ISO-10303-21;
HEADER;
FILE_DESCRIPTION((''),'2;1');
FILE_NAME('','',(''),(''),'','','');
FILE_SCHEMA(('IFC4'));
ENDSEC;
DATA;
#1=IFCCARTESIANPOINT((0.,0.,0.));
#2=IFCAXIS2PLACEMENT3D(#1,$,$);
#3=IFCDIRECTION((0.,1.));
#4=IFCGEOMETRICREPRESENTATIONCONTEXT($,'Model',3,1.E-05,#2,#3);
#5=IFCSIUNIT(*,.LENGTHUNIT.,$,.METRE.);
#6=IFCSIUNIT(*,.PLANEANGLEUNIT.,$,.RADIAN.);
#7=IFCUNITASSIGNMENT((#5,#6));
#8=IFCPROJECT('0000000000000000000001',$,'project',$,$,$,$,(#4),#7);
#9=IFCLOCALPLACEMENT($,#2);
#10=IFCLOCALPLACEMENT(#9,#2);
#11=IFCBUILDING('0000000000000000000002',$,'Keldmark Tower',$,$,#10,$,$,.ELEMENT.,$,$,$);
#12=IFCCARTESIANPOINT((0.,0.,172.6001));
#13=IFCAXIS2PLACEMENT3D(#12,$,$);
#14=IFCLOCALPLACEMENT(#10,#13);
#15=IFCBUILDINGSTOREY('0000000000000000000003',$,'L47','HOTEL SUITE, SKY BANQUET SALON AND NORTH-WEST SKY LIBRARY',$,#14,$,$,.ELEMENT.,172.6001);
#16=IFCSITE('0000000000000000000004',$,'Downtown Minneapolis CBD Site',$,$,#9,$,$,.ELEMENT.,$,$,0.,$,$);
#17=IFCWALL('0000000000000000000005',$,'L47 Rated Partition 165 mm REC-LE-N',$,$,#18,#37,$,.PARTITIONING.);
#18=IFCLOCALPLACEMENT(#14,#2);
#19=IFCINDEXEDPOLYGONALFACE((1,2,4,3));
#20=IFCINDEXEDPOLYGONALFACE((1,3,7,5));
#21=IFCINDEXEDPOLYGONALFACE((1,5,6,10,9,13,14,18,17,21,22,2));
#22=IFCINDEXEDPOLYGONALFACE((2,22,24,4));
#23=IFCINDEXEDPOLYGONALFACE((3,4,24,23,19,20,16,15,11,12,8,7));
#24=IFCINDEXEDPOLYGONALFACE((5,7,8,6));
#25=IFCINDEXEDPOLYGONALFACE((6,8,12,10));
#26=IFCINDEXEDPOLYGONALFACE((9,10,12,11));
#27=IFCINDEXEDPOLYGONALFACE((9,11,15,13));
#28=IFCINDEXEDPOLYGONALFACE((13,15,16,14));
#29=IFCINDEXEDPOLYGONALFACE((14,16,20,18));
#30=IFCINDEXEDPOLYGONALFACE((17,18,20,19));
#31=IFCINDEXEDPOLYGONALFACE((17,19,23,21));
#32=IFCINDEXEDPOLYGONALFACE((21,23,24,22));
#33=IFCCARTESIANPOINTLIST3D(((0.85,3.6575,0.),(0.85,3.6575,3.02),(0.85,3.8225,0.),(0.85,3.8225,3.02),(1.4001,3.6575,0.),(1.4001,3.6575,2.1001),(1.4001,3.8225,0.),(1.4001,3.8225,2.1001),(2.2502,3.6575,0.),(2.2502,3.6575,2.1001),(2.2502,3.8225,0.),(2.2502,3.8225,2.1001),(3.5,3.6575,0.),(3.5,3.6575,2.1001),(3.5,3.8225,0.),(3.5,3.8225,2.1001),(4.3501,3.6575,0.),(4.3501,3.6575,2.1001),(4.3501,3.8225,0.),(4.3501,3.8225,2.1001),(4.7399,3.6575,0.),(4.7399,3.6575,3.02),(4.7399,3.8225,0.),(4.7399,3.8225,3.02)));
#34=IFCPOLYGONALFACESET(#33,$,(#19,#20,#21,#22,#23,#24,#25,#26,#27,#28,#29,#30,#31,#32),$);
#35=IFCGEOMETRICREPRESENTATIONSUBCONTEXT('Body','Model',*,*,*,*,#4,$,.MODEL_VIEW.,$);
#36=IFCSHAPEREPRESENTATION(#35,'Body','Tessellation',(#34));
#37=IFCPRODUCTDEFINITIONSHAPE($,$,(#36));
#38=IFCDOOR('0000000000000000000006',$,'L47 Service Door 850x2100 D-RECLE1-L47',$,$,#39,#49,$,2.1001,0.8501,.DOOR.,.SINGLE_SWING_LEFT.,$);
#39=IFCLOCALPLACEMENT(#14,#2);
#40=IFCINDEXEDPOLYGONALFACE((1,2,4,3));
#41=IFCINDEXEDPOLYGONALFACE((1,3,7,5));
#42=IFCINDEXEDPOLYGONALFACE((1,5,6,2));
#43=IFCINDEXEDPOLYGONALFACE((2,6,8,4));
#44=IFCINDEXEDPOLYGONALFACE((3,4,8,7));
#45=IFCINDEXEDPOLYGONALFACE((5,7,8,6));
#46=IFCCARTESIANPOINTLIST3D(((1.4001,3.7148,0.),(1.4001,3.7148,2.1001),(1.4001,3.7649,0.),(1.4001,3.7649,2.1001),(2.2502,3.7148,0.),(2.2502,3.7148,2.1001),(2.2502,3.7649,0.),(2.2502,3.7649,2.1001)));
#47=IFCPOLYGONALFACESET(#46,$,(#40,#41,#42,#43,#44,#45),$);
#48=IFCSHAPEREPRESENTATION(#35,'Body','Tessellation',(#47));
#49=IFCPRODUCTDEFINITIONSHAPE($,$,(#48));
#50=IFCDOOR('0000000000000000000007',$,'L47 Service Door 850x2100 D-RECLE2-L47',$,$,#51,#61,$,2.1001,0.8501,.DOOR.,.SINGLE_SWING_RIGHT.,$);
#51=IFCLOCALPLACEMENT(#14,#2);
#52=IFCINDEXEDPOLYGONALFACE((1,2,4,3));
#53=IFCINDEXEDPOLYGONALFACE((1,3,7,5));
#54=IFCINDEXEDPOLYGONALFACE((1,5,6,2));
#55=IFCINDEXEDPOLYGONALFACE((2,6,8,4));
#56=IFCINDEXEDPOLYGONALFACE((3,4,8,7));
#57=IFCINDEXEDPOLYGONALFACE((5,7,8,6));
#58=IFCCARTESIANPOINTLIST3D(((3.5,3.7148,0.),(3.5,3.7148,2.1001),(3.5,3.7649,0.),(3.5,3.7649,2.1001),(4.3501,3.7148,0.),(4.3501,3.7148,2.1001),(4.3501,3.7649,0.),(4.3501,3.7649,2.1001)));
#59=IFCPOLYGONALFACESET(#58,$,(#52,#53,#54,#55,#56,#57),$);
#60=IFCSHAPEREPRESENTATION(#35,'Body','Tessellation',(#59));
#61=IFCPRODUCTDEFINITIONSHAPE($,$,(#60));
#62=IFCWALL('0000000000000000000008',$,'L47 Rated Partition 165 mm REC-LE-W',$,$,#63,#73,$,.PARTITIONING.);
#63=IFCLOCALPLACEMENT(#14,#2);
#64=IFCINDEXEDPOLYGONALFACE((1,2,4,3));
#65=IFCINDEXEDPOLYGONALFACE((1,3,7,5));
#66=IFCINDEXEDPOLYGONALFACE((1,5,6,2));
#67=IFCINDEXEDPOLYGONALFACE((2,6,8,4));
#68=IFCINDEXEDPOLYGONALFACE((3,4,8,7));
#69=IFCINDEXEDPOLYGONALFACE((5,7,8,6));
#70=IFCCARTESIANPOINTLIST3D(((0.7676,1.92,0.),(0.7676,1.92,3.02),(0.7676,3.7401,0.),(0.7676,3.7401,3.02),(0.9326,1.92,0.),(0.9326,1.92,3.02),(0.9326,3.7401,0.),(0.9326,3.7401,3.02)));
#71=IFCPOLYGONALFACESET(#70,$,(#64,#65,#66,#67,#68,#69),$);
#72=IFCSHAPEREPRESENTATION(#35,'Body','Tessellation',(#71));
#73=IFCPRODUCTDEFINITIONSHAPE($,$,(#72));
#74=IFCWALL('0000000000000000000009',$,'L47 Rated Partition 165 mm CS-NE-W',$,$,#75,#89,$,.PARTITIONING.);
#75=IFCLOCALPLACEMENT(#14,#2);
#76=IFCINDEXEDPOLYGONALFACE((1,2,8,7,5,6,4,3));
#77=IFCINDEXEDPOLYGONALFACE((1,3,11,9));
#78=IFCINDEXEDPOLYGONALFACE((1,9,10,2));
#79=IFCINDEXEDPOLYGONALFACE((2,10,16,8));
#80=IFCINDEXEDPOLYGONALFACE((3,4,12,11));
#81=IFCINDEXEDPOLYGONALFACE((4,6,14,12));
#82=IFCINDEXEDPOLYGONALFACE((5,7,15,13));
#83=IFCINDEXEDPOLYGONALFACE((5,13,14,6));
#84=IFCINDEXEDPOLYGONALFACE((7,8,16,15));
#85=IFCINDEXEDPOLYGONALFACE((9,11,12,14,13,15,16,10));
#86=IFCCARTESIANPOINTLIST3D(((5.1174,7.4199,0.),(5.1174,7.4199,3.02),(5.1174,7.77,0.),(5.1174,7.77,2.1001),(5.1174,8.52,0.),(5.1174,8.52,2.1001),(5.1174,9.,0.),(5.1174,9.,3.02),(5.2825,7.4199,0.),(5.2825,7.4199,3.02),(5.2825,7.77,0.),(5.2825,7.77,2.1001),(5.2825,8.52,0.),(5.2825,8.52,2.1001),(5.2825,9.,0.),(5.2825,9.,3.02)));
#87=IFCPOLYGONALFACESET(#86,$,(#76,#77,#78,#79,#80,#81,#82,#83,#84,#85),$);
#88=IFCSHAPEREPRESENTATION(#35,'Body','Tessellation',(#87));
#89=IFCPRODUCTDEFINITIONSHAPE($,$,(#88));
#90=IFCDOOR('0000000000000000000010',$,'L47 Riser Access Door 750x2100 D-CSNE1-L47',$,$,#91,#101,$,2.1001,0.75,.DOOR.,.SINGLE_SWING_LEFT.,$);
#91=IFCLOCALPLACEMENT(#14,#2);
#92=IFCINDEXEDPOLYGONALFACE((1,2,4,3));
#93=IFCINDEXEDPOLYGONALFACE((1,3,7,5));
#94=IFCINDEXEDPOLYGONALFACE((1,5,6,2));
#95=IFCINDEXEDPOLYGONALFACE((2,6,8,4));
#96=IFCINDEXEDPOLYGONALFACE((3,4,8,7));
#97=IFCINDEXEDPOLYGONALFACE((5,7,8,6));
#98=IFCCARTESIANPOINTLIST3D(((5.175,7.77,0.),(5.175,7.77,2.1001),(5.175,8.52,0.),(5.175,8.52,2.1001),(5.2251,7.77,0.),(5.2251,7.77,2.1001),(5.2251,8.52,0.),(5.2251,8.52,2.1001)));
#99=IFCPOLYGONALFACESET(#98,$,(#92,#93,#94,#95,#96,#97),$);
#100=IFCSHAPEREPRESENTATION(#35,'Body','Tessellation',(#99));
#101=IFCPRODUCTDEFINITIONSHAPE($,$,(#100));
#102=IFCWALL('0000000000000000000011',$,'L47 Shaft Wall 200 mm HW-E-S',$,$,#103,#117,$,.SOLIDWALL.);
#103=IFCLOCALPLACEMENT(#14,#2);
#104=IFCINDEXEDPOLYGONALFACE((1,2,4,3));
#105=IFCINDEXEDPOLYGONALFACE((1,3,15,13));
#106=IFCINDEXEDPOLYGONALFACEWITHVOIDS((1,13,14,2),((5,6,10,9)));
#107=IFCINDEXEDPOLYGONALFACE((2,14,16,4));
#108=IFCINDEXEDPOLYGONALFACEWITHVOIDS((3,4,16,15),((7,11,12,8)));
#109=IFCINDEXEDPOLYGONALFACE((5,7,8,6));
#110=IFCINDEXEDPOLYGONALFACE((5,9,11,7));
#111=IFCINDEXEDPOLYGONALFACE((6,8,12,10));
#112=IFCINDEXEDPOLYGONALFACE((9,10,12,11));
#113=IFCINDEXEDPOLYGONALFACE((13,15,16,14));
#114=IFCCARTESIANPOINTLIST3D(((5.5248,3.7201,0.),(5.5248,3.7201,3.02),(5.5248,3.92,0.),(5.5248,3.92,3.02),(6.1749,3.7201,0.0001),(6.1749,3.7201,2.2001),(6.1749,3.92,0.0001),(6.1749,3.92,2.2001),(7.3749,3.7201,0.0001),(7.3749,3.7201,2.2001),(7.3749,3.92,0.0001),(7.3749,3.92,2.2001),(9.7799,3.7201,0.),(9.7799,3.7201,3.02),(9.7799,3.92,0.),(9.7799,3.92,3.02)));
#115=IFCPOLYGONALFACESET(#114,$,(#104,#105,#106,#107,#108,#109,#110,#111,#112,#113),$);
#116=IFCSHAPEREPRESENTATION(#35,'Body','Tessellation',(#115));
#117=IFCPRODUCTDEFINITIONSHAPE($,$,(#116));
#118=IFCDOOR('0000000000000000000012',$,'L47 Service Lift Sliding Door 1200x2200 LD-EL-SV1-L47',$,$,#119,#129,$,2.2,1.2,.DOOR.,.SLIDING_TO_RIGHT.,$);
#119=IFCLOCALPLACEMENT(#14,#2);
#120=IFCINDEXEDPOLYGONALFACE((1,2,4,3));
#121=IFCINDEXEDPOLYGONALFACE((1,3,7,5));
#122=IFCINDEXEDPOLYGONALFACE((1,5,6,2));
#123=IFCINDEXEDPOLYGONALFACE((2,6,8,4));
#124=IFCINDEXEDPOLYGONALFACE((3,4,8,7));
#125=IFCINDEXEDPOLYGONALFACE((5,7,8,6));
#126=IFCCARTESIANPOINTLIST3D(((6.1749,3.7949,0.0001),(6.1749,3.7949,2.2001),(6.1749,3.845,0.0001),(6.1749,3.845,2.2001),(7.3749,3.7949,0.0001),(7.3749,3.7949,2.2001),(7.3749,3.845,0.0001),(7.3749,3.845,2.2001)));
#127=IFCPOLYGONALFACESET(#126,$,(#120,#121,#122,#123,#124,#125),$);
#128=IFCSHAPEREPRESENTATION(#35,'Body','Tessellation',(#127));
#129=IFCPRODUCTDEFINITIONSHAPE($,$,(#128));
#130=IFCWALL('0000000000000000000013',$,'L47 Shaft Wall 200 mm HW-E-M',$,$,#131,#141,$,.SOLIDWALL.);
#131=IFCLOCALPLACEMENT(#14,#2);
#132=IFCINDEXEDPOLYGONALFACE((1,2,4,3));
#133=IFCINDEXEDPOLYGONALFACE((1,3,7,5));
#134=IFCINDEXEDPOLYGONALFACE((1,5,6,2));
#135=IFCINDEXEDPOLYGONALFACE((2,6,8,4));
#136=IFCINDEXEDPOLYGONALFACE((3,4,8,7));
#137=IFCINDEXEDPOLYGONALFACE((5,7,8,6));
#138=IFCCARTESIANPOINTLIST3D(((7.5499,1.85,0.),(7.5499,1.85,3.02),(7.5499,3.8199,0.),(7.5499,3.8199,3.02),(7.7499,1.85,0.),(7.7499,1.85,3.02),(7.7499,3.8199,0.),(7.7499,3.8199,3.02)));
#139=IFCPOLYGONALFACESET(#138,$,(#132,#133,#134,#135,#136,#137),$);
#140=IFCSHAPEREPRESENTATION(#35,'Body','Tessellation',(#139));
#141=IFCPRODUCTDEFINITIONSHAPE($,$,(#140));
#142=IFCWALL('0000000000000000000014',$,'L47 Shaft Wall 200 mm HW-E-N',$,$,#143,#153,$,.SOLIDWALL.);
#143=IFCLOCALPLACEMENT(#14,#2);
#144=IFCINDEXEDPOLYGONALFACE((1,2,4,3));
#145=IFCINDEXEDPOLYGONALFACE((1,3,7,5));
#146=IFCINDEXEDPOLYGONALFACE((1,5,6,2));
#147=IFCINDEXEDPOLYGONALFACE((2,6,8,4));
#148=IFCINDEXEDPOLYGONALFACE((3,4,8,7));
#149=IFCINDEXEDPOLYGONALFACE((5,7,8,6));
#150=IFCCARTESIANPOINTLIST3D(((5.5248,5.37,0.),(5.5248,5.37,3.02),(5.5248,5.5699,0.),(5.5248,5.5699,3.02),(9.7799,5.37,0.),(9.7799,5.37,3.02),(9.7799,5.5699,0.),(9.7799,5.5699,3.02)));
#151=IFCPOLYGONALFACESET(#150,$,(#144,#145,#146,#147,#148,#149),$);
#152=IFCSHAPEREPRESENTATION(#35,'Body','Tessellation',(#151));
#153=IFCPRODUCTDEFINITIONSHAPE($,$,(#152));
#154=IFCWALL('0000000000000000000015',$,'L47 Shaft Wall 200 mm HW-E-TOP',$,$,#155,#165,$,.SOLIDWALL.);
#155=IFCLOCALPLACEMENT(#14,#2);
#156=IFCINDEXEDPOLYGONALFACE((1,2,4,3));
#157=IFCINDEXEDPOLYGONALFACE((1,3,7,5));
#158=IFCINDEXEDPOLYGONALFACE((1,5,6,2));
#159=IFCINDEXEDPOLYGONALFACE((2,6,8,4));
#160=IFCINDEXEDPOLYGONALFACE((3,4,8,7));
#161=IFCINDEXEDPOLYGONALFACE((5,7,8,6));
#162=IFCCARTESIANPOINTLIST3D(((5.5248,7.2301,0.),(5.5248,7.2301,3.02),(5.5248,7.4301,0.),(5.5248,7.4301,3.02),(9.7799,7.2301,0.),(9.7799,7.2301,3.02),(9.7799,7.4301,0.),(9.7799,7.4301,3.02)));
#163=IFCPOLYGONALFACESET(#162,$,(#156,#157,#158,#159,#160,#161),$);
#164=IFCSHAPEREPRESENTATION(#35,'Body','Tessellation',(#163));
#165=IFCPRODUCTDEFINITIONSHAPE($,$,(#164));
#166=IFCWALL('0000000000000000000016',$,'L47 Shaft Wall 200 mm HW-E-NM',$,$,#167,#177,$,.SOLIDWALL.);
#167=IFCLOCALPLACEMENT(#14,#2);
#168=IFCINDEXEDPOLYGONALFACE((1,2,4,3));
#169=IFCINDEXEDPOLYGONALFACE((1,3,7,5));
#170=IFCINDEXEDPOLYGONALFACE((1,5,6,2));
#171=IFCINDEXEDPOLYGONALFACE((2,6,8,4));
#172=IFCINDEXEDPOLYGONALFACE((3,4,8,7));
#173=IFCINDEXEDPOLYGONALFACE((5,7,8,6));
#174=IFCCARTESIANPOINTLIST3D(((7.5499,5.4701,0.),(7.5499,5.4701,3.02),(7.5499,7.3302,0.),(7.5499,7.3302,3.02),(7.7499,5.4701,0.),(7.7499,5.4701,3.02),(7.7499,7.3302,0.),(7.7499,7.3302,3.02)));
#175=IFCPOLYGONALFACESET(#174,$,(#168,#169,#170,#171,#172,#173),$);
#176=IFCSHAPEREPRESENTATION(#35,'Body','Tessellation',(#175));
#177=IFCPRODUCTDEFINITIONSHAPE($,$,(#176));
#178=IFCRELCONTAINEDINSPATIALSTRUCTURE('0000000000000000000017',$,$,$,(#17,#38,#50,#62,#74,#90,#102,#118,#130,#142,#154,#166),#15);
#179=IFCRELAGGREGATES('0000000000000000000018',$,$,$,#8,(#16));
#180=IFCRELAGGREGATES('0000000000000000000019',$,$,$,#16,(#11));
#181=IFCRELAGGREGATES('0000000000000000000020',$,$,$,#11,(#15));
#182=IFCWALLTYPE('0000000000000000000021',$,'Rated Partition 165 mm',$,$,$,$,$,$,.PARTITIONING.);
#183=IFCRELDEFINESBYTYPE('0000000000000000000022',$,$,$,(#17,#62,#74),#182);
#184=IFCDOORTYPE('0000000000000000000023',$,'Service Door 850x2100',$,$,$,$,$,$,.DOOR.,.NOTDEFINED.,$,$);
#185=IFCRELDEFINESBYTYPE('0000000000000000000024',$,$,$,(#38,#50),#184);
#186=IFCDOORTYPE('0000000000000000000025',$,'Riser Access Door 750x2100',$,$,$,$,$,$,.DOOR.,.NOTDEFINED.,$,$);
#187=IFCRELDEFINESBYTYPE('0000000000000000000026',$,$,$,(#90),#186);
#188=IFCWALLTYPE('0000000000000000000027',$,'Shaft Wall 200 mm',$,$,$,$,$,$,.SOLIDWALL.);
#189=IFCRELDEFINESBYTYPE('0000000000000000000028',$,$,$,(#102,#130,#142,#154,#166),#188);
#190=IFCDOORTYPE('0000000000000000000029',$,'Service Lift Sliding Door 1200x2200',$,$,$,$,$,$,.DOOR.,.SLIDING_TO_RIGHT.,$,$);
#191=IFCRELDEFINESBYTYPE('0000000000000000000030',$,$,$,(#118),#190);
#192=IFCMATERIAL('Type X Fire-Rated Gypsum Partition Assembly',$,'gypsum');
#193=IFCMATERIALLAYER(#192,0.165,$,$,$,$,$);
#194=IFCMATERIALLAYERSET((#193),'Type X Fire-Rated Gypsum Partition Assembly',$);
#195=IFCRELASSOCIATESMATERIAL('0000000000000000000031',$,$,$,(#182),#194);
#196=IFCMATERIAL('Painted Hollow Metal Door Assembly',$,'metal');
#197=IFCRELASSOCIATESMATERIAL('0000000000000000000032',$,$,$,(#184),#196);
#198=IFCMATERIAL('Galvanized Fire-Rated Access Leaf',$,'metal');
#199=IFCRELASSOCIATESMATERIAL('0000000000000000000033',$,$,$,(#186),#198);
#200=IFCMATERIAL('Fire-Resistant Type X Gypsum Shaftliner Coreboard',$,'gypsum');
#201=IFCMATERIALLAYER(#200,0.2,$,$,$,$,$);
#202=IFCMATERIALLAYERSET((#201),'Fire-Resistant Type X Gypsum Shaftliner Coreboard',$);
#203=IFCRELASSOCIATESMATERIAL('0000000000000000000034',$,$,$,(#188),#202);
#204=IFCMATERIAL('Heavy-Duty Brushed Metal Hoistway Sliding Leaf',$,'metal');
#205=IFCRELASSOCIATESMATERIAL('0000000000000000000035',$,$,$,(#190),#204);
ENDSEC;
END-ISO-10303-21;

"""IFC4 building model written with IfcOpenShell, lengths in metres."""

from ifc_helpers import new_model, si_unit, direction, frame, frame_2d, origin, place, context, subcontext, project, spatial, rectangle, extrude, material, layer, layer_set, type_object, element, fill, save


model = new_model("IFC4")

# Units and contexts
model_context = context("Model", 3, precision=1e-05, world=origin(), true_north=direction((0.0, 1.0)))
body_context = subcontext(model_context, "Body", "Model", "MODEL_VIEW")
ifc_project = project(units=[si_unit("LENGTHUNIT", "METRE"), si_unit("PLANEANGLEUNIT", "RADIAN")], contexts=[model_context])

# Site, building, storey
site_placement = place(None, origin())
site = spatial("IfcSite", under=ifc_project, at=site_placement, Name="Downtown Minneapolis CBD Site", CompositionType="ELEMENT", RefElevation=0.0)
building_placement = place(site_placement, origin())
building = spatial("IfcBuilding", under=site, at=building_placement, Name="Keldmark Tower", CompositionType="ELEMENT")
storey_placement = place(building_placement, frame((0.0, 0.0, 172.6001)))
storey = spatial("IfcBuildingStorey", under=building, at=storey_placement, Name="L47", Description="HOTEL SUITE, SKY BANQUET SALON AND NORTH-WEST SKY LIBRARY", CompositionType="ELEMENT", Elevation=172.6001)

# Shared definitions
ifc_material_1 = material(Name="Type X Fire-Rated Gypsum Partition Assembly", Category="gypsum")
ifc_layer_1 = layer(ifc_material_1, 0.165)
ifc_layer_set_1 = layer_set([ifc_layer_1], Name="Type X Fire-Rated Gypsum Partition Assembly")
wall_type_1 = type_object("IfcWallType", Name="Rated Partition 165 mm", PredefinedType="PARTITIONING", material=ifc_layer_set_1)

# Wall, openings, doors
wall_1_placement = place(storey_placement, frame((0.8501, 3.74, 0.0), z_axis=(0.0, 0.0, 1.0), x_axis=(1.0, 0.0, 0.0)))
wall_1 = element("IfcWall", 1, at=wall_1_placement, inside=storey, type_object=wall_type_1, Name="L47 Rated Partition 165 mm REC-LE-N", PredefinedType="PARTITIONING", context=body_context, shape_type="SweptSolid", body=[
    extrude(rectangle(XDim=3.8899, YDim=0.165, at=frame_2d((1.9448, 0.0))), origin(), (0.0, 0.0, 1.0), 3.02),
])
opening_1_placement = place(wall_1_placement, frame((0.55, 0.0, 0.0)))
opening_1 = element("IfcOpeningElement", 2, at=opening_1_placement, cuts=wall_1, PredefinedType="OPENING", context=body_context, shape_type="SweptSolid", body=[
    extrude(rectangle(XDim=0.8501, YDim=2.1001, at=frame_2d((0.425, 1.05))), frame((0.0, 0.0925, 0.0), z_axis=(0.0, -1.0, 0.0), x_axis=(1.0, 0.0, 0.0)), (0.0, 0.0, 1.0), 0.1851),
])
opening_2_placement = place(wall_1_placement, frame((2.6499, 0.0, 0.0)))
opening_2 = element("IfcOpeningElement", 3, at=opening_2_placement, cuts=wall_1, PredefinedType="OPENING", context=body_context, shape_type="SweptSolid", body=[
    extrude(rectangle(XDim=0.8501, YDim=2.1001, at=frame_2d((0.425, 1.05))), frame((0.0, 0.0925, 0.0), z_axis=(0.0, -1.0, 0.0), x_axis=(1.0, 0.0, 0.0)), (0.0, 0.0, 1.0), 0.1851),
])
ifc_material_2 = material(Name="Painted Hollow Metal Door Assembly", Category="metal")
door_type_1 = type_object("IfcDoorType", Name="Service Door 850x2100", OperationType="NOTDEFINED", PredefinedType="DOOR", material=ifc_material_2)
door_1_placement = place(opening_1_placement, origin())
door_1 = element("IfcDoor", 4, at=door_1_placement, inside=storey, type_object=door_type_1, Name="L47 Service Door 850x2100 D-RECLE1-L47", OperationType="SINGLE_SWING_LEFT", OverallHeight=2.1001, OverallWidth=0.8501, PredefinedType="DOOR", context=body_context, shape_type="SweptSolid", body=[
    extrude(rectangle(XDim=0.8501, YDim=2.1001, at=frame_2d((0.425, 1.05))), frame((0.0, 0.0249, 0.0), z_axis=(0.0, -1.0, 0.0), x_axis=(1.0, 0.0, 0.0)), (0.0, 0.0, 1.0), 0.05),
])
fill(opening_1, door_1)
door_2_placement = place(opening_2_placement, origin())
door_2 = element("IfcDoor", 5, at=door_2_placement, inside=storey, type_object=door_type_1, Name="L47 Service Door 850x2100 D-RECLE2-L47", OperationType="SINGLE_SWING_RIGHT", OverallHeight=2.1001, OverallWidth=0.8501, PredefinedType="DOOR", context=body_context, shape_type="SweptSolid", body=[
    extrude(rectangle(XDim=0.8501, YDim=2.1001, at=frame_2d((0.425, 1.05))), frame((0.0, 0.0249, 0.0), z_axis=(0.0, -1.0, 0.0), x_axis=(1.0, 0.0, 0.0)), (0.0, 0.0, 1.0), 0.05),
])
fill(opening_2, door_2)

# Wall
wall_2_placement = place(storey_placement, frame((0.8501, 1.9199, 0.0), z_axis=(0.0, 0.0, 1.0), x_axis=(0.0, 1.0, 0.0)))
element("IfcWall", 6, at=wall_2_placement, inside=storey, type_object=wall_type_1, Name="L47 Rated Partition 165 mm REC-LE-W", PredefinedType="PARTITIONING", context=body_context, shape_type="SweptSolid", body=[
    extrude(rectangle(XDim=1.8201, YDim=0.165, at=frame_2d((0.9102, 0.0))), origin(), (0.0, 0.0, 1.0), 3.02),
])

# Walls, openings, doors
wall_3_placement = place(storey_placement, frame((5.2, 7.4199, 0.0), z_axis=(0.0, 0.0, 1.0), x_axis=(0.0, 1.0, 0.0)))
wall_3 = element("IfcWall", 7, at=wall_3_placement, inside=storey, type_object=wall_type_1, Name="L47 Rated Partition 165 mm CS-NE-W", PredefinedType="PARTITIONING", context=body_context, shape_type="SweptSolid", body=[
    extrude(rectangle(XDim=1.5801, YDim=0.165, at=frame_2d((0.79, 0.0))), origin(), (0.0, 0.0, 1.0), 3.02),
])
opening_3_placement = place(wall_3_placement, frame((0.3501, 0.0, 0.0)))
opening_3 = element("IfcOpeningElement", 8, at=opening_3_placement, cuts=wall_3, PredefinedType="OPENING", context=body_context, shape_type="SweptSolid", body=[
    extrude(rectangle(XDim=0.75, YDim=2.1001, at=frame_2d((0.375, 1.05))), frame((0.0, 0.0925, 0.0), z_axis=(0.0, -1.0, 0.0), x_axis=(1.0, 0.0, 0.0)), (0.0, 0.0, 1.0), 0.1851),
])
ifc_material_3 = material(Name="Galvanized Fire-Rated Access Leaf", Category="metal")
door_type_2 = type_object("IfcDoorType", Name="Riser Access Door 750x2100", OperationType="NOTDEFINED", PredefinedType="DOOR", material=ifc_material_3)
door_3_placement = place(opening_3_placement, origin())
door_3 = element("IfcDoor", 9, at=door_3_placement, inside=storey, type_object=door_type_2, Name="L47 Riser Access Door 750x2100 D-CSNE1-L47", OperationType="SINGLE_SWING_LEFT", OverallHeight=2.1001, OverallWidth=0.75, PredefinedType="DOOR", context=body_context, shape_type="SweptSolid", body=[
    extrude(rectangle(XDim=0.75, YDim=2.1001, at=frame_2d((0.375, 1.05))), frame((0.0, 0.0249, 0.0), z_axis=(0.0, -1.0, 0.0), x_axis=(1.0, 0.0, 0.0)), (0.0, 0.0, 1.0), 0.05),
])
fill(opening_3, door_3)
ifc_material_4 = material(Name="Fire-Resistant Type X Gypsum Shaftliner Coreboard", Category="gypsum")
ifc_layer_2 = layer(ifc_material_4, 0.2)
ifc_layer_set_2 = layer_set([ifc_layer_2], Name="Fire-Resistant Type X Gypsum Shaftliner Coreboard")
wall_type_2 = type_object("IfcWallType", Name="Shaft Wall 200 mm", PredefinedType="SOLIDWALL", material=ifc_layer_set_2)
wall_4_placement = place(storey_placement, frame((5.5249, 3.8201, 0.0), z_axis=(0.0, 0.0, 1.0), x_axis=(1.0, 0.0, 0.0)))
wall_4 = element("IfcWall", 10, at=wall_4_placement, inside=storey, type_object=wall_type_2, Name="L47 Shaft Wall 200 mm HW-E-S", PredefinedType="SOLIDWALL", context=body_context, shape_type="SweptSolid", body=[
    extrude(rectangle(XDim=4.2551, YDim=0.2, at=frame_2d((2.1274, 0.0))), origin(), (0.0, 0.0, 1.0), 3.02),
])
opening_4_placement = place(wall_4_placement, frame((0.6499, 0.0, 0.0)))
opening_4 = element("IfcOpeningElement", 11, at=opening_4_placement, cuts=wall_4, PredefinedType="OPENING", context=body_context, shape_type="SweptSolid", body=[
    extrude(rectangle(XDim=1.2, YDim=2.2, at=frame_2d((0.6001, 1.1001))), frame((0.0, 0.1099, 0.0), z_axis=(0.0, -1.0, 0.0), x_axis=(1.0, 0.0, 0.0)), (0.0, 0.0, 1.0), 0.22),
])
ifc_material_5 = material(Name="Heavy-Duty Brushed Metal Hoistway Sliding Leaf", Category="metal")
door_type_3 = type_object("IfcDoorType", Name="Service Lift Sliding Door 1200x2200", OperationType="SLIDING_TO_RIGHT", PredefinedType="DOOR", material=ifc_material_5)
door_4_placement = place(opening_4_placement, origin())
door_4 = element("IfcDoor", 12, at=door_4_placement, inside=storey, type_object=door_type_3, Name="L47 Service Lift Sliding Door 1200x2200 LD-EL-SV1-L47", OperationType="SLIDING_TO_RIGHT", OverallHeight=2.2, OverallWidth=1.2, PredefinedType="DOOR", context=body_context, shape_type="SweptSolid", body=[
    extrude(rectangle(XDim=1.2, YDim=2.2, at=frame_2d((0.6001, 1.1001))), frame((0.0, 0.0249, 0.0), z_axis=(0.0, -1.0, 0.0), x_axis=(1.0, 0.0, 0.0)), (0.0, 0.0, 1.0), 0.05),
])
fill(opening_4, door_4)

# Walls
wall_5_placement = place(storey_placement, frame((7.6499, 1.8501, 0.0), z_axis=(0.0, 0.0, 1.0), x_axis=(0.0, 1.0, 0.0)))
element("IfcWall", 13, at=wall_5_placement, inside=storey, type_object=wall_type_2, Name="L47 Shaft Wall 200 mm HW-E-M", PredefinedType="SOLIDWALL", context=body_context, shape_type="SweptSolid", body=[
    extrude(rectangle(XDim=1.97, YDim=0.2, at=frame_2d((0.9849, 0.0))), origin(), (0.0, 0.0, 1.0), 3.02),
])
for number, where, z_axis, x_axis, name in (
    (14, (5.5249, 5.47, 0.0), (0.0, 0.0, 1.0), (1.0, 0.0, 0.0), "L47 Shaft Wall 200 mm HW-E-N"),
    (15, (5.5249, 7.3301, 0.0), (0.0, 0.0, 1.0), (1.0, 0.0, 0.0), "L47 Shaft Wall 200 mm HW-E-TOP"),
):
    element("IfcWall", number, at=place(storey_placement, frame(where, z_axis=z_axis, x_axis=x_axis)), inside=storey, type_object=wall_type_2, Name=name, PredefinedType="SOLIDWALL", context=body_context, shape_type="SweptSolid", body=[
        extrude(rectangle(XDim=4.2551, YDim=0.2, at=frame_2d((2.1274, 0.0))), origin(), (0.0, 0.0, 1.0), 3.02),
    ])
wall_6_placement = place(storey_placement, frame((7.6499, 5.47, 0.0), z_axis=(0.0, 0.0, 1.0), x_axis=(0.0, 1.0, 0.0)))
element("IfcWall", 16, at=wall_6_placement, inside=storey, type_object=wall_type_2, Name="L47 Shaft Wall 200 mm HW-E-NM", PredefinedType="SOLIDWALL", context=body_context, shape_type="SweptSolid", body=[
    extrude(rectangle(XDim=1.8601, YDim=0.2, at=frame_2d((0.9302, 0.0))), origin(), (0.0, 0.0, 1.0), 3.02),
])

save(model, "model.ifc")
